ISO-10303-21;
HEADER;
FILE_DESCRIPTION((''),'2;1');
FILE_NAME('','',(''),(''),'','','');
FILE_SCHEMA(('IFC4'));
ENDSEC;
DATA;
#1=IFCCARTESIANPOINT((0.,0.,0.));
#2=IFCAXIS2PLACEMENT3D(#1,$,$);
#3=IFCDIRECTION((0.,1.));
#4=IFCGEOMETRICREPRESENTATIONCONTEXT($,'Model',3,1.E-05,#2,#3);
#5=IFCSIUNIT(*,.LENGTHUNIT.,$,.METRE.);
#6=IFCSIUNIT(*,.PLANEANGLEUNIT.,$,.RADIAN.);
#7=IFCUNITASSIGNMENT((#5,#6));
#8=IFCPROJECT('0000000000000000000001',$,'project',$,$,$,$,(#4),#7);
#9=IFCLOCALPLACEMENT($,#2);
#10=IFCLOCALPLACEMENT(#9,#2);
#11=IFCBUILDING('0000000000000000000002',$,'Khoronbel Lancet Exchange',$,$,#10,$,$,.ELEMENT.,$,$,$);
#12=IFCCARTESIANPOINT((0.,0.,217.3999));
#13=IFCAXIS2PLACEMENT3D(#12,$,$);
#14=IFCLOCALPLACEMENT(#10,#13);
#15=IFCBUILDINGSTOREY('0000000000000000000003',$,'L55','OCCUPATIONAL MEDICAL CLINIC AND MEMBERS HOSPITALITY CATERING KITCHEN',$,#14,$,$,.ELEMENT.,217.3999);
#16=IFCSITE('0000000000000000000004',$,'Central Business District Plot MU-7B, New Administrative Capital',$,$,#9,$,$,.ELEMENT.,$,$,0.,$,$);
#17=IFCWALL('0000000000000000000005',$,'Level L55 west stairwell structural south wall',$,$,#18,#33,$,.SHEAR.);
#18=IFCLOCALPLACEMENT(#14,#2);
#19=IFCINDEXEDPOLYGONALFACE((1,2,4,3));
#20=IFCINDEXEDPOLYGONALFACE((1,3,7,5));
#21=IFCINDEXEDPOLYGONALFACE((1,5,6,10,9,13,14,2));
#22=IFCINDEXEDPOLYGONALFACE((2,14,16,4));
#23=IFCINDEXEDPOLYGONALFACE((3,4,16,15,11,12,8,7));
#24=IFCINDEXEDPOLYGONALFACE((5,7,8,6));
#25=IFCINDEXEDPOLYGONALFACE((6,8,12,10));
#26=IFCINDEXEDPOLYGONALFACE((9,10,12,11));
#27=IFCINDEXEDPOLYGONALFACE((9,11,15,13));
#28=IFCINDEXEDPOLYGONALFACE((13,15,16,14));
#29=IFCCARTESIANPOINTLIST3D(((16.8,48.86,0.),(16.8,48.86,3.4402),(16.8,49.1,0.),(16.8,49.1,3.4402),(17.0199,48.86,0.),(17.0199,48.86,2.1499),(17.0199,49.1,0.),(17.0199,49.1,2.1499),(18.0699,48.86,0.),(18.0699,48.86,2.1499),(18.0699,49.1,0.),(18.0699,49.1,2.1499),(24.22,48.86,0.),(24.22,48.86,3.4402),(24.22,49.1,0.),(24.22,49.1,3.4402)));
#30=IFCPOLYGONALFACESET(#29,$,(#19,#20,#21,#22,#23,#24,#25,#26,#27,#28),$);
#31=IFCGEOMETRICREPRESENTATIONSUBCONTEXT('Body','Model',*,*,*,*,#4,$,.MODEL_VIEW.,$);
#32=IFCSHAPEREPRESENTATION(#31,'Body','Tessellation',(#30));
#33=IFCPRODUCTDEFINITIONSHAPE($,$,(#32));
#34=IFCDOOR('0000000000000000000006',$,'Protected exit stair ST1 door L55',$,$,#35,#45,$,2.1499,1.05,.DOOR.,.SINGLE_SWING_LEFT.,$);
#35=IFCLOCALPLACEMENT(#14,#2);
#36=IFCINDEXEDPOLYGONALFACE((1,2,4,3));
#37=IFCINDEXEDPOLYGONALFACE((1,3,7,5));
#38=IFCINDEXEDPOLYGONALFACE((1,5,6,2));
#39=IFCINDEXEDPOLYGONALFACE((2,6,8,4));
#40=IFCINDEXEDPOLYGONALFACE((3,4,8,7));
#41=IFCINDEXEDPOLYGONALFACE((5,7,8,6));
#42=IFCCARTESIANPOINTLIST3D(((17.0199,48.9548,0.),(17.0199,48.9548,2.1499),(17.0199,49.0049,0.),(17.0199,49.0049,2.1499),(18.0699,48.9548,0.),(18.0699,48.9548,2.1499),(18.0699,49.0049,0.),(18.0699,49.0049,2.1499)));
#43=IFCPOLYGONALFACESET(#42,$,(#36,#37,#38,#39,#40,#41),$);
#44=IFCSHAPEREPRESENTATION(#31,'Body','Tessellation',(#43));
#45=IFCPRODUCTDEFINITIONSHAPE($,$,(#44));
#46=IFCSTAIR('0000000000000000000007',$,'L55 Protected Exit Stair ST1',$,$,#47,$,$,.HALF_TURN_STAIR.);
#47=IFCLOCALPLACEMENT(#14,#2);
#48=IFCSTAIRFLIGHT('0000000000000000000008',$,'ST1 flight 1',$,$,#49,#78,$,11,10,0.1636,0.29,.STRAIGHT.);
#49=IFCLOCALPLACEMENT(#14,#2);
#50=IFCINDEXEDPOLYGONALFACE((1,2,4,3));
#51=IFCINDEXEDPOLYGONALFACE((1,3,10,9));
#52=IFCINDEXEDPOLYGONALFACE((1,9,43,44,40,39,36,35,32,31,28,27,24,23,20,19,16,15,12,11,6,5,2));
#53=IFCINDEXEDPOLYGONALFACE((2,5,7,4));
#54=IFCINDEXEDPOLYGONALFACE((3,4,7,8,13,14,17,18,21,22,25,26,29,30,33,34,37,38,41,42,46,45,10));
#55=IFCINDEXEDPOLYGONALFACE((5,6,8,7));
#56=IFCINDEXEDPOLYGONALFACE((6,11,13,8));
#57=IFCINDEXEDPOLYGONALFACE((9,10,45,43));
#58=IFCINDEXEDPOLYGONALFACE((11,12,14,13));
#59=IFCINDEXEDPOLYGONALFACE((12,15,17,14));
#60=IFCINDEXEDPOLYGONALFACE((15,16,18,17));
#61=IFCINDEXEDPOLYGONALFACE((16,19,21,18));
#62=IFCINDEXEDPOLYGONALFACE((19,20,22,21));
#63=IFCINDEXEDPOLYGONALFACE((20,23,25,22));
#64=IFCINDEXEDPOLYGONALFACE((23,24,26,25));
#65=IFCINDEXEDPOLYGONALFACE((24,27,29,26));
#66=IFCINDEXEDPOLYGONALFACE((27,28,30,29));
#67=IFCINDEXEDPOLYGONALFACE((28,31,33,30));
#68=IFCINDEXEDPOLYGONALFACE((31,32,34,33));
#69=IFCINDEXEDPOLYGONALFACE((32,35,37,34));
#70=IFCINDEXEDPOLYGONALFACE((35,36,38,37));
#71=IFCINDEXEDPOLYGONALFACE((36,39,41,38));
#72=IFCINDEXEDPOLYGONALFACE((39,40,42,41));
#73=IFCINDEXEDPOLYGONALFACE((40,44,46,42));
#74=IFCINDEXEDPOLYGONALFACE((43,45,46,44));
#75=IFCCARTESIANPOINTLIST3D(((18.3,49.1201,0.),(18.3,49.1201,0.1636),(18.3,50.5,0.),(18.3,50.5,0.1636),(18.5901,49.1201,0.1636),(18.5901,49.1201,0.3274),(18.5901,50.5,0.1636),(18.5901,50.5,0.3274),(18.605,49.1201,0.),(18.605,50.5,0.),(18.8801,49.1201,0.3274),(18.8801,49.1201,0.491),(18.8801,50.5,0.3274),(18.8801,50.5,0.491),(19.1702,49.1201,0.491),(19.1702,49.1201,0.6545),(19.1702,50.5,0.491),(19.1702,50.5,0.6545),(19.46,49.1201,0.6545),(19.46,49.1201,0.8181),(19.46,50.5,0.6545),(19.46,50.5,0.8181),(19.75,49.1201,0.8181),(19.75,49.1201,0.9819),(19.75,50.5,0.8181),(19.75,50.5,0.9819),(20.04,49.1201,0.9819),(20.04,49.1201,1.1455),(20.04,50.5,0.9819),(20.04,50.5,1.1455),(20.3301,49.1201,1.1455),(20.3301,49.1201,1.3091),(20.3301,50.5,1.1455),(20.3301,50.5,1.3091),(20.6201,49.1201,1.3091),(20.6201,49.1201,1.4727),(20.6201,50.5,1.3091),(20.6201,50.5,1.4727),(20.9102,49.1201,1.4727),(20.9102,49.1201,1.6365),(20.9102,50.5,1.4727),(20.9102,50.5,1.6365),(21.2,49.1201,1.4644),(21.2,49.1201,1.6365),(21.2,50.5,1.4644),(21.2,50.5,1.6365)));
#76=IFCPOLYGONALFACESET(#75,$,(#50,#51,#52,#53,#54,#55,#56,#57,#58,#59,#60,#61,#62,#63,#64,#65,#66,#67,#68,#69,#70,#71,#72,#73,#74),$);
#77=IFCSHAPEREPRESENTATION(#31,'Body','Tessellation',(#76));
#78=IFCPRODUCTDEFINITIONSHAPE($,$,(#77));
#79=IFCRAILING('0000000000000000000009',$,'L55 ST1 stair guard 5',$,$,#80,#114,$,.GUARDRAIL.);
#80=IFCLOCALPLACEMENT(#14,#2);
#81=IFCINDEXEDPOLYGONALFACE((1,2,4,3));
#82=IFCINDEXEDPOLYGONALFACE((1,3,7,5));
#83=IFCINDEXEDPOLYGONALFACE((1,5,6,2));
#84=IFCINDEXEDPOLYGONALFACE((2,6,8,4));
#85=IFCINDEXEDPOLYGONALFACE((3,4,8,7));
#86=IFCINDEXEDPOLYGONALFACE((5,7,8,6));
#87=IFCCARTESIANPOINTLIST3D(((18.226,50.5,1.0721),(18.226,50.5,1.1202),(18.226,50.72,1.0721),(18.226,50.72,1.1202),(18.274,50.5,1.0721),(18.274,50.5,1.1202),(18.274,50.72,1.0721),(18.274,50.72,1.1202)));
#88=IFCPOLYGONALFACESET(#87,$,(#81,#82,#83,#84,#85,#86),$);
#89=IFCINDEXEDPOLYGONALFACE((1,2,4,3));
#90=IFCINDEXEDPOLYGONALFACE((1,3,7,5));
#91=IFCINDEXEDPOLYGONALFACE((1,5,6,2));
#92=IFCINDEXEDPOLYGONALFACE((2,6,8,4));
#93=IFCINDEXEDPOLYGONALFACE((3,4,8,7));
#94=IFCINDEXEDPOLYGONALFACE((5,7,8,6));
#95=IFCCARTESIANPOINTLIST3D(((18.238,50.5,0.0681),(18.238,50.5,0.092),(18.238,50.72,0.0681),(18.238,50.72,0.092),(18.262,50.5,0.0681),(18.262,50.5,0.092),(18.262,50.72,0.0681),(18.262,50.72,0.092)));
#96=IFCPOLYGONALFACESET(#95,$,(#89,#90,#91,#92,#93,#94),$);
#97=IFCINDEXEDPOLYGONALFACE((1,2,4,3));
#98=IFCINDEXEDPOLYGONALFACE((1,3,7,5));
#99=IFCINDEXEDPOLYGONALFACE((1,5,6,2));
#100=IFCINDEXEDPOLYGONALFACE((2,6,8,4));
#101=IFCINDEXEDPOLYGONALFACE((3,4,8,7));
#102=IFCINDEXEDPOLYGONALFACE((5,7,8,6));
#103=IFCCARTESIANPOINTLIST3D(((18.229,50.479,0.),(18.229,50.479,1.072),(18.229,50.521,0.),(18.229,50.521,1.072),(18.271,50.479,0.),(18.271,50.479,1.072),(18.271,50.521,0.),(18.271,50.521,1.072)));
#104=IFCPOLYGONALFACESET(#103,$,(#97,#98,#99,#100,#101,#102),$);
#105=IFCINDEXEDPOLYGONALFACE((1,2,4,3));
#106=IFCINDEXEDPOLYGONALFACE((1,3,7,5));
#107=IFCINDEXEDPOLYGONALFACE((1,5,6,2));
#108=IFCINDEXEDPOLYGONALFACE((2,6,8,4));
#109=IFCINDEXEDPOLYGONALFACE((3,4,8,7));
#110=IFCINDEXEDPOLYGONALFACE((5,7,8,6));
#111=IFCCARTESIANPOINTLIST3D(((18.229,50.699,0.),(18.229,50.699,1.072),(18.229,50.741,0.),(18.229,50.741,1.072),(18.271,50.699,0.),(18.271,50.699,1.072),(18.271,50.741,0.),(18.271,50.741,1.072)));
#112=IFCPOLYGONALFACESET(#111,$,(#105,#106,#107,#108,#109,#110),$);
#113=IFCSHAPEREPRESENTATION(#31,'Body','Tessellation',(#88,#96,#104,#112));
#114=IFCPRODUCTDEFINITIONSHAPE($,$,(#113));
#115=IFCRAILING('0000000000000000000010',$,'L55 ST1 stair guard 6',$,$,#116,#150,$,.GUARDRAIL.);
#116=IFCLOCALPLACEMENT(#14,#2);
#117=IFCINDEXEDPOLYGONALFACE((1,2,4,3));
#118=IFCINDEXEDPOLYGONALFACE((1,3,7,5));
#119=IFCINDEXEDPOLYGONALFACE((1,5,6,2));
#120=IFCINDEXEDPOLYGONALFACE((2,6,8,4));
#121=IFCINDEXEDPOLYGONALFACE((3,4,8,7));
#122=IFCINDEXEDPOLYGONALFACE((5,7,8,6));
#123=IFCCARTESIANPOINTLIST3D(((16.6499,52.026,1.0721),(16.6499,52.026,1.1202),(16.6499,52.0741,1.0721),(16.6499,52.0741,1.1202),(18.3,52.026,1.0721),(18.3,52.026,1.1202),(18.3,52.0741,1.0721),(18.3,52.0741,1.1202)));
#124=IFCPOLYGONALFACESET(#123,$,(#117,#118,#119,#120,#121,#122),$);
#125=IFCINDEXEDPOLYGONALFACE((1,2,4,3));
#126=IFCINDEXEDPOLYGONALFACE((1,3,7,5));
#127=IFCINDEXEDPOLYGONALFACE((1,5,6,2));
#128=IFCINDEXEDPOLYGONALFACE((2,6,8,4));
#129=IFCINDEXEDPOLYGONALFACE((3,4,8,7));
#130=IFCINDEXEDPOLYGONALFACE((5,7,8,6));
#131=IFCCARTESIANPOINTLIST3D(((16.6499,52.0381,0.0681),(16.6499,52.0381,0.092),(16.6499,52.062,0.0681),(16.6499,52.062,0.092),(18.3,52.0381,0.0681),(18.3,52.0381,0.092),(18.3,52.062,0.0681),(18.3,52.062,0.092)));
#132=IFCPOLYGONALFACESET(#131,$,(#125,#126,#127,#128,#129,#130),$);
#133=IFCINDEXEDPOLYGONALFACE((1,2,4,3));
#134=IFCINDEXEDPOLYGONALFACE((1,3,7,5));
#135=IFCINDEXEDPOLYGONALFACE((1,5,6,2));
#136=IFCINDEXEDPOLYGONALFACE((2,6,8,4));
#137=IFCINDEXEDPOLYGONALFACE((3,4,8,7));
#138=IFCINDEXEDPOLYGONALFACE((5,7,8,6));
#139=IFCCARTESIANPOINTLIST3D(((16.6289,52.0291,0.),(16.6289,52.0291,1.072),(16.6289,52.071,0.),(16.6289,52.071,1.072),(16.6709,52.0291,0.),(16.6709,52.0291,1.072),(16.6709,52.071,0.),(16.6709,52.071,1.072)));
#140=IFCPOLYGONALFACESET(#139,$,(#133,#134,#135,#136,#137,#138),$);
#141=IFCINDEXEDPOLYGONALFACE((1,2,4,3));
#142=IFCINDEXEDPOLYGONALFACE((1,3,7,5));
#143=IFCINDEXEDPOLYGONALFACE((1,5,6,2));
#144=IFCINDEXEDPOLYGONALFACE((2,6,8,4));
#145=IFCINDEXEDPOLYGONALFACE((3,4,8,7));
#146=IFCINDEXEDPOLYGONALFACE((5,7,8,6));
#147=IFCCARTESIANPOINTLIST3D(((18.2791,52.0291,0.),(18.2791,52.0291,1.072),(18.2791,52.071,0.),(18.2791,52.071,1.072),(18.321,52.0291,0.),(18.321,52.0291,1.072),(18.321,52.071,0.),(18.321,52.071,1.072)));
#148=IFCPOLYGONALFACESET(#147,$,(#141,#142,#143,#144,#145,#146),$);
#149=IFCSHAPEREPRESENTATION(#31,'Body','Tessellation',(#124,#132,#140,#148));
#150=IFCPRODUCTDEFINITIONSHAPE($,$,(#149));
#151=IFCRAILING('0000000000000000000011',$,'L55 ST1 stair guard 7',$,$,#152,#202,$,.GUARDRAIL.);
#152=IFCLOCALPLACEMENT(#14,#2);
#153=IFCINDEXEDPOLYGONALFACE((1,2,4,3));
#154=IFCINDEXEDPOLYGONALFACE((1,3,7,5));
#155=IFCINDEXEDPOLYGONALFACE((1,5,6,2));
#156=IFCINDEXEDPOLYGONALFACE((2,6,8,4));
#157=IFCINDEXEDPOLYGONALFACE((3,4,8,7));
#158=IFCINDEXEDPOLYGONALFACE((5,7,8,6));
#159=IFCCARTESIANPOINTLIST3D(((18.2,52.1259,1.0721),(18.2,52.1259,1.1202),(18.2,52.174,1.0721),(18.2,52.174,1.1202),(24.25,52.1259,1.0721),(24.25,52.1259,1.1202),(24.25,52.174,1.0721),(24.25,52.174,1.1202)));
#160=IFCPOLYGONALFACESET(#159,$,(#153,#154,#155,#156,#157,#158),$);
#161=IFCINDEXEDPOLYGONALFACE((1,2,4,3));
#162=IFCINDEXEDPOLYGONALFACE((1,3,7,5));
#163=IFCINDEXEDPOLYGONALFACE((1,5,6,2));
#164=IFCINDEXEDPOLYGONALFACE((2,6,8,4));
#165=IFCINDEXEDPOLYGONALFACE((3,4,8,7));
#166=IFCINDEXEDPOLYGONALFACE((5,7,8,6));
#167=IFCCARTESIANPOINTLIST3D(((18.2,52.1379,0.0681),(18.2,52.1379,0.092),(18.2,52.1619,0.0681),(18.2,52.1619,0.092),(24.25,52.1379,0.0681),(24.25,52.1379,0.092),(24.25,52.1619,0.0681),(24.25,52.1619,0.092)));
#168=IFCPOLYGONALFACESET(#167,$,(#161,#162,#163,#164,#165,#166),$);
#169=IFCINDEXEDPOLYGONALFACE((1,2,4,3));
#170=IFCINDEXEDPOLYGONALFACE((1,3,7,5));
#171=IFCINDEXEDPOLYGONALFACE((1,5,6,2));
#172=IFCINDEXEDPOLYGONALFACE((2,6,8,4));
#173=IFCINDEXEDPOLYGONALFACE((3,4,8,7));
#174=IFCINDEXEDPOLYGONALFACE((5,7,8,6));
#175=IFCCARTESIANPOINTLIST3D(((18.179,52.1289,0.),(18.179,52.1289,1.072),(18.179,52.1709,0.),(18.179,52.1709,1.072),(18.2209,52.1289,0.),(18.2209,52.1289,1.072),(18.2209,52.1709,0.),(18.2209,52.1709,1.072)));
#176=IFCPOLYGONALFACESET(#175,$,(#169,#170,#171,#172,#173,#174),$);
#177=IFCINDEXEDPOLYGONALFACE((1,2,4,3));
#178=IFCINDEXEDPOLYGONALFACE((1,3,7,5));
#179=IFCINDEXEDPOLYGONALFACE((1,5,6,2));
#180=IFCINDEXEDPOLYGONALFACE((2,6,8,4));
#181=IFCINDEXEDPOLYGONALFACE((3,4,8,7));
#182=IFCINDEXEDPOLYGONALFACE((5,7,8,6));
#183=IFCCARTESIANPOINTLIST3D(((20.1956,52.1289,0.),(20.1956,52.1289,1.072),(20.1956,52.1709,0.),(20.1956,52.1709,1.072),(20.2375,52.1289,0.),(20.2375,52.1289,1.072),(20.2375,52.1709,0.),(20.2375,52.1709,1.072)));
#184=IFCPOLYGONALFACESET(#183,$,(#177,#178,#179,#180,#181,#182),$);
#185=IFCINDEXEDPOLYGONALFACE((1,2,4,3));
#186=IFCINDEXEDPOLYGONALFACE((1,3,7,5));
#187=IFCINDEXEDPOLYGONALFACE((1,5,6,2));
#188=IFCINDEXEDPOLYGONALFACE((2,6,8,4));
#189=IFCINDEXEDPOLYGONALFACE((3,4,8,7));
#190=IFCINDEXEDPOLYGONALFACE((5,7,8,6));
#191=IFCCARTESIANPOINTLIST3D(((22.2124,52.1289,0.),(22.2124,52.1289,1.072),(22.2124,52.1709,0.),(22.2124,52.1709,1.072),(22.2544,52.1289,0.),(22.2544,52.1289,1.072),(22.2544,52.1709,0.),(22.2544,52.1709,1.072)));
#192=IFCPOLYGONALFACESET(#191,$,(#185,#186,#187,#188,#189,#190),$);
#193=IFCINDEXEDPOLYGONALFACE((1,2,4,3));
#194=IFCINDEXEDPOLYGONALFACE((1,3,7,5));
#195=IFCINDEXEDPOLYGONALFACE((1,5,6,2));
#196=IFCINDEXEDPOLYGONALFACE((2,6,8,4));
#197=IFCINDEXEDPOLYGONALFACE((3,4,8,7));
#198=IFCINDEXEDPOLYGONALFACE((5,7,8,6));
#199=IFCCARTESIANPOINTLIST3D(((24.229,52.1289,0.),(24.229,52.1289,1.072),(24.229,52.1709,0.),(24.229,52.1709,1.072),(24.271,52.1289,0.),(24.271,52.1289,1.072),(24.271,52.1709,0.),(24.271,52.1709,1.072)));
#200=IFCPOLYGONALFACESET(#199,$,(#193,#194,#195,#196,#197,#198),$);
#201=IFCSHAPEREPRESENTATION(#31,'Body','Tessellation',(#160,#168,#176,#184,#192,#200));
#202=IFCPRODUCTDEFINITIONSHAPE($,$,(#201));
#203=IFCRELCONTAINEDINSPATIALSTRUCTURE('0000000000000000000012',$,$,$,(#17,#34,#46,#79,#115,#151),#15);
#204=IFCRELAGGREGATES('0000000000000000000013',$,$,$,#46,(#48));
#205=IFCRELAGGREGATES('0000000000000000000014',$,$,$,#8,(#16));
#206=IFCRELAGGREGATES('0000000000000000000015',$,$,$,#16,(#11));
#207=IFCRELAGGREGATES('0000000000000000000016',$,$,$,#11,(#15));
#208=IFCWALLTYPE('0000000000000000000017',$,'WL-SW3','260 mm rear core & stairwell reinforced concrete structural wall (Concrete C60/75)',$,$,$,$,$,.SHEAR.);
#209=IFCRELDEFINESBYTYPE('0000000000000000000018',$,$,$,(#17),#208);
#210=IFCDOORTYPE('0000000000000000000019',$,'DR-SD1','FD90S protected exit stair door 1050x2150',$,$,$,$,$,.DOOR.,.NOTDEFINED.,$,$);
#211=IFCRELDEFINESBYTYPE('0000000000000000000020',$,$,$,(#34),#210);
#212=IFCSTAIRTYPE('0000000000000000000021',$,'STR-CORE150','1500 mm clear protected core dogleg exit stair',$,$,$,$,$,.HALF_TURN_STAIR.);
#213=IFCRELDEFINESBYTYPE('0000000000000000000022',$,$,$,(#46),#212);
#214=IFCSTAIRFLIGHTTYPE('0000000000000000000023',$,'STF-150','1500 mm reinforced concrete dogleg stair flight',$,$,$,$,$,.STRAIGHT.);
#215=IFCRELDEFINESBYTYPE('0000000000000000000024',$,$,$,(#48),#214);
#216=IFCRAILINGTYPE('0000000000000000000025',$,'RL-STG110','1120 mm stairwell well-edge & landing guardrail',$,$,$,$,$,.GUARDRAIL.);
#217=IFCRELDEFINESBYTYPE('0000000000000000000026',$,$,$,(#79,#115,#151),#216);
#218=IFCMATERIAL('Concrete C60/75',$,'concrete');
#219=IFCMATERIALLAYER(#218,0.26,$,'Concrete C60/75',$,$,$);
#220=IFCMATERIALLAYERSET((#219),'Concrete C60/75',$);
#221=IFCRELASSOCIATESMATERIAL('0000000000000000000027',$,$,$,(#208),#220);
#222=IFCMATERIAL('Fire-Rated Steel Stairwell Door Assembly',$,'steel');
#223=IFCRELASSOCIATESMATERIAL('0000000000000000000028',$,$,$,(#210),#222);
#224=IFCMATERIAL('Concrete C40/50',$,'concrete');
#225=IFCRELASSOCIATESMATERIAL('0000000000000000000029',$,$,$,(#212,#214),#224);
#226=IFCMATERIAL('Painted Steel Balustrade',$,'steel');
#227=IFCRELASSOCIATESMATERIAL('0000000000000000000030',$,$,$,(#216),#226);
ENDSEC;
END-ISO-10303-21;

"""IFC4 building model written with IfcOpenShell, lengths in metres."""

from ifc_helpers import new_model, si_unit, direction, frame, frame_2d, origin, origin_2d, place, context, subcontext, project, spatial, polyline, rectangle, outline, extrude, material, layer, layer_set, type_object, element, fill, aggregate, save


model = new_model("IFC4")

# Units and contexts
model_context = context("Model", 3, precision=1e-05, world=origin(), true_north=direction((0.0, 1.0)))
body_context = subcontext(model_context, "Body", "Model", "MODEL_VIEW")
ifc_project = project(units=[si_unit("LENGTHUNIT", "METRE"), si_unit("PLANEANGLEUNIT", "RADIAN")], contexts=[model_context])

# Site, building, storey
site_placement = place(None, origin())
site = spatial("IfcSite", under=ifc_project, at=site_placement, Name="Central Business District Plot MU-7B, New Administrative Capital", CompositionType="ELEMENT", RefElevation=0.0)
building_placement = place(site_placement, origin())
building = spatial("IfcBuilding", under=site, at=building_placement, Name="Khoronbel Lancet Exchange", CompositionType="ELEMENT")
storey_placement = place(building_placement, frame((0.0, 0.0, 217.3999)))
storey = spatial("IfcBuildingStorey", under=building, at=storey_placement, Name="L55", Description="OCCUPATIONAL MEDICAL CLINIC AND MEMBERS HOSPITALITY CATERING KITCHEN", CompositionType="ELEMENT", Elevation=217.3999)

# Shared definitions
ifc_material_1 = material(Name="Concrete C60/75", Category="concrete")

# Wall, opening, door
ifc_layer_1 = layer(ifc_material_1, 0.26, Name="Concrete C60/75")
ifc_layer_set_1 = layer_set([ifc_layer_1], Name="Concrete C60/75")
wall_type_1 = type_object("IfcWallType", Name="WL-SW3", Description="260 mm rear core & stairwell reinforced concrete structural wall (Concrete C60/75)", PredefinedType="SHEAR", material=ifc_layer_set_1)
wall_1_placement = place(storey_placement, frame((16.8, 48.98, 0.0), z_axis=(0.0, 0.0, 1.0), x_axis=(1.0, 0.0, 0.0)))
wall_1 = element("IfcWall", 1, at=wall_1_placement, inside=storey, type_object=wall_type_1, Name="Level L55 west stairwell structural south wall", PredefinedType="SHEAR", context=body_context, shape_type="SweptSolid", body=[
    extrude(rectangle(XDim=7.4199, YDim=0.24, at=frame_2d((3.71, 0.0))), origin(), (0.0, 0.0, 1.0), 3.4402),
])
opening_1_placement = place(wall_1_placement, frame((0.22, 0.0, 0.0)))
opening_1 = element("IfcOpeningElement", 2, at=opening_1_placement, cuts=wall_1, PredefinedType="OPENING", context=body_context, shape_type="SweptSolid", body=[
    extrude(rectangle(XDim=1.05, YDim=2.1499, at=frame_2d((0.5249, 1.075))), frame((0.0, 0.1299, 0.0), z_axis=(0.0, -1.0, 0.0), x_axis=(1.0, 0.0, 0.0)), (0.0, 0.0, 1.0), 0.26),
])
ifc_material_2 = material(Name="Fire-Rated Steel Stairwell Door Assembly", Category="steel")
door_type_1 = type_object("IfcDoorType", Name="DR-SD1", Description="FD90S protected exit stair door 1050x2150", OperationType="NOTDEFINED", PredefinedType="DOOR", material=ifc_material_2)
door_1_placement = place(opening_1_placement, origin())
door_1 = element("IfcDoor", 3, at=door_1_placement, inside=storey, type_object=door_type_1, Name="Protected exit stair ST1 door L55", OperationType="SINGLE_SWING_LEFT", OverallHeight=2.1499, OverallWidth=1.05, PredefinedType="DOOR", context=body_context, shape_type="SweptSolid", body=[
    extrude(rectangle(XDim=1.05, YDim=2.1499, at=frame_2d((0.5249, 1.075))), frame((0.0, 0.0249, 0.0), z_axis=(0.0, -1.0, 0.0), x_axis=(1.0, 0.0, 0.0)), (0.0, 0.0, 1.0), 0.05),
])
fill(opening_1, door_1)

# Stair, stair flight
ifc_material_3 = material(Name="Concrete C40/50", Category="concrete")
stair_type = type_object("IfcStairType", Name="STR-CORE150", Description="1500 mm clear protected core dogleg exit stair", PredefinedType="HALF_TURN_STAIR", material=ifc_material_3)
stair_placement = place(storey_placement, origin())
stair = element("IfcStair", 4, at=stair_placement, inside=storey, type_object=stair_type, Name="L55 Protected Exit Stair ST1", PredefinedType="HALF_TURN_STAIR")
stair_flight_type = type_object("IfcStairFlightType", Name="STF-150", Description="1500 mm reinforced concrete dogleg stair flight", PredefinedType="STRAIGHT", material=ifc_material_3)
stair_flight_placement = place(storey_placement, frame((18.3, 49.8101, 0.0), z_axis=(0.0, 0.0, 1.0), x_axis=(1.0, 0.0, 0.0)))
stair_flight = element("IfcStairFlight", 5, at=stair_flight_placement, type_object=stair_flight_type, Name="ST1 flight 1", NumberOfRisers=11, NumberOfTreads=10, PredefinedType="STRAIGHT", RiserHeight=0.1636, TreadLength=0.29, context=body_context, shape_type="SweptSolid", body=[
    extrude(outline(polyline([(0.0, 0.0), (0.0, 0.1636), (0.29, 0.1636), (0.29, 0.3274), (0.5801, 0.3274), (0.5801, 0.491), (0.8701, 0.491), (0.8701, 0.6545), (1.1599, 0.6545), (1.1599, 0.8181), (1.45, 0.8181), (1.45, 0.9819), (1.74, 0.9819), (1.74, 1.1455), (2.03, 1.1455), (2.03, 1.3091), (2.3201, 1.3091), (2.3201, 1.4727), (2.6101, 1.4727), (2.6101, 1.6365), (2.8999, 1.6365), (2.8999, 1.8), (2.8999, 1.4644), (0.3049, 0.0), (0.0, 0.0)])), frame((0.0, 0.6899, 0.0), z_axis=(0.0, -1.0, 0.0), x_axis=(1.0, 0.0, 0.0)), (0.0, 0.0, 1.0), 1.3799),
])
aggregate(stair, [stair_flight])

# Railings
ifc_material_4 = material(Name="Painted Steel Balustrade", Category="steel")
railing_type_1 = type_object("IfcRailingType", Name="RL-STG110", Description="1120 mm stairwell well-edge & landing guardrail", PredefinedType="GUARDRAIL", material=ifc_material_4)
railing_1_placement = place(storey_placement, frame((18.25, 50.5, 0.0)))
element("IfcRailing", 6, at=railing_1_placement, inside=storey, type_object=railing_type_1, Name="L55 ST1 stair guard 5", PredefinedType="GUARDRAIL", context=body_context, shape_type="SweptSolid", body=[
    extrude(rectangle(XDim=0.0481, YDim=0.0481, at=origin_2d()), frame((0.0, 0.0, 1.0962), z_axis=(0.0, 1.0, 0.0), x_axis=(-1.0, 0.0, 0.0)), (0.0, 0.0, 1.0), 0.22),
    extrude(rectangle(XDim=0.0239, YDim=0.0239, at=origin_2d()), frame((0.0, 0.0, 0.0801), z_axis=(0.0, 1.0, 0.0), x_axis=(-1.0, 0.0, 0.0)), (0.0, 0.0, 1.0), 0.22),
    extrude(rectangle(XDim=0.042, YDim=0.042, at=origin_2d()), origin(), (0.0, 0.0, 1.0), 1.072),
    extrude(rectangle(XDim=0.042, YDim=0.042, at=origin_2d()), frame((0.0, 0.22, 0.0)), (0.0, 0.0, 1.0), 1.072),
])
railing_2_placement = place(storey_placement, frame((16.6499, 52.05, 0.0)))
element("IfcRailing", 7, at=railing_2_placement, inside=storey, type_object=railing_type_1, Name="L55 ST1 stair guard 6", PredefinedType="GUARDRAIL", context=body_context, shape_type="SweptSolid", body=[
    extrude(rectangle(XDim=0.0481, YDim=0.0481, at=origin_2d()), frame((0.0, 0.0, 1.0962), z_axis=(1.0, 0.0, 0.0), x_axis=(0.0, 1.0, 0.0)), (0.0, 0.0, 1.0), 1.6501),
    extrude(rectangle(XDim=0.0239, YDim=0.0239, at=origin_2d()), frame((0.0, 0.0, 0.0801), z_axis=(1.0, 0.0, 0.0), x_axis=(0.0, 1.0, 0.0)), (0.0, 0.0, 1.0), 1.6501),
    extrude(rectangle(XDim=0.042, YDim=0.042, at=origin_2d()), origin(), (0.0, 0.0, 1.0), 1.072),
    extrude(rectangle(XDim=0.042, YDim=0.042, at=origin_2d()), frame((1.6501, 0.0, 0.0)), (0.0, 0.0, 1.0), 1.072),
])
railing_3_placement = place(storey_placement, frame((18.2, 52.1499, 0.0)))
element("IfcRailing", 8, at=railing_3_placement, inside=storey, type_object=railing_type_1, Name="L55 ST1 stair guard 7", PredefinedType="GUARDRAIL", context=body_context, shape_type="SweptSolid", body=[
    extrude(rectangle(XDim=0.0481, YDim=0.0481, at=origin_2d()), frame((0.0, 0.0, 1.0962), z_axis=(1.0, 0.0, 0.0), x_axis=(0.0, 1.0, 0.0)), (0.0, 0.0, 1.0), 6.05),
    extrude(rectangle(XDim=0.0239, YDim=0.0239, at=origin_2d()), frame((0.0, 0.0, 0.0801), z_axis=(1.0, 0.0, 0.0), x_axis=(0.0, 1.0, 0.0)), (0.0, 0.0, 1.0), 6.05),
    extrude(rectangle(XDim=0.042, YDim=0.042, at=origin_2d()), origin(), (0.0, 0.0, 1.0), 1.072),
    extrude(rectangle(XDim=0.042, YDim=0.042, at=origin_2d()), frame((2.0166, 0.0, 0.0)), (0.0, 0.0, 1.0), 1.072),
    extrude(rectangle(XDim=0.042, YDim=0.042, at=origin_2d()), frame((4.0334, 0.0, 0.0)), (0.0, 0.0, 1.0), 1.072),
    extrude(rectangle(XDim=0.042, YDim=0.042, at=origin_2d()), frame((6.05, 0.0, 0.0)), (0.0, 0.0, 1.0), 1.072),
])

save(model, "model.ifc")
